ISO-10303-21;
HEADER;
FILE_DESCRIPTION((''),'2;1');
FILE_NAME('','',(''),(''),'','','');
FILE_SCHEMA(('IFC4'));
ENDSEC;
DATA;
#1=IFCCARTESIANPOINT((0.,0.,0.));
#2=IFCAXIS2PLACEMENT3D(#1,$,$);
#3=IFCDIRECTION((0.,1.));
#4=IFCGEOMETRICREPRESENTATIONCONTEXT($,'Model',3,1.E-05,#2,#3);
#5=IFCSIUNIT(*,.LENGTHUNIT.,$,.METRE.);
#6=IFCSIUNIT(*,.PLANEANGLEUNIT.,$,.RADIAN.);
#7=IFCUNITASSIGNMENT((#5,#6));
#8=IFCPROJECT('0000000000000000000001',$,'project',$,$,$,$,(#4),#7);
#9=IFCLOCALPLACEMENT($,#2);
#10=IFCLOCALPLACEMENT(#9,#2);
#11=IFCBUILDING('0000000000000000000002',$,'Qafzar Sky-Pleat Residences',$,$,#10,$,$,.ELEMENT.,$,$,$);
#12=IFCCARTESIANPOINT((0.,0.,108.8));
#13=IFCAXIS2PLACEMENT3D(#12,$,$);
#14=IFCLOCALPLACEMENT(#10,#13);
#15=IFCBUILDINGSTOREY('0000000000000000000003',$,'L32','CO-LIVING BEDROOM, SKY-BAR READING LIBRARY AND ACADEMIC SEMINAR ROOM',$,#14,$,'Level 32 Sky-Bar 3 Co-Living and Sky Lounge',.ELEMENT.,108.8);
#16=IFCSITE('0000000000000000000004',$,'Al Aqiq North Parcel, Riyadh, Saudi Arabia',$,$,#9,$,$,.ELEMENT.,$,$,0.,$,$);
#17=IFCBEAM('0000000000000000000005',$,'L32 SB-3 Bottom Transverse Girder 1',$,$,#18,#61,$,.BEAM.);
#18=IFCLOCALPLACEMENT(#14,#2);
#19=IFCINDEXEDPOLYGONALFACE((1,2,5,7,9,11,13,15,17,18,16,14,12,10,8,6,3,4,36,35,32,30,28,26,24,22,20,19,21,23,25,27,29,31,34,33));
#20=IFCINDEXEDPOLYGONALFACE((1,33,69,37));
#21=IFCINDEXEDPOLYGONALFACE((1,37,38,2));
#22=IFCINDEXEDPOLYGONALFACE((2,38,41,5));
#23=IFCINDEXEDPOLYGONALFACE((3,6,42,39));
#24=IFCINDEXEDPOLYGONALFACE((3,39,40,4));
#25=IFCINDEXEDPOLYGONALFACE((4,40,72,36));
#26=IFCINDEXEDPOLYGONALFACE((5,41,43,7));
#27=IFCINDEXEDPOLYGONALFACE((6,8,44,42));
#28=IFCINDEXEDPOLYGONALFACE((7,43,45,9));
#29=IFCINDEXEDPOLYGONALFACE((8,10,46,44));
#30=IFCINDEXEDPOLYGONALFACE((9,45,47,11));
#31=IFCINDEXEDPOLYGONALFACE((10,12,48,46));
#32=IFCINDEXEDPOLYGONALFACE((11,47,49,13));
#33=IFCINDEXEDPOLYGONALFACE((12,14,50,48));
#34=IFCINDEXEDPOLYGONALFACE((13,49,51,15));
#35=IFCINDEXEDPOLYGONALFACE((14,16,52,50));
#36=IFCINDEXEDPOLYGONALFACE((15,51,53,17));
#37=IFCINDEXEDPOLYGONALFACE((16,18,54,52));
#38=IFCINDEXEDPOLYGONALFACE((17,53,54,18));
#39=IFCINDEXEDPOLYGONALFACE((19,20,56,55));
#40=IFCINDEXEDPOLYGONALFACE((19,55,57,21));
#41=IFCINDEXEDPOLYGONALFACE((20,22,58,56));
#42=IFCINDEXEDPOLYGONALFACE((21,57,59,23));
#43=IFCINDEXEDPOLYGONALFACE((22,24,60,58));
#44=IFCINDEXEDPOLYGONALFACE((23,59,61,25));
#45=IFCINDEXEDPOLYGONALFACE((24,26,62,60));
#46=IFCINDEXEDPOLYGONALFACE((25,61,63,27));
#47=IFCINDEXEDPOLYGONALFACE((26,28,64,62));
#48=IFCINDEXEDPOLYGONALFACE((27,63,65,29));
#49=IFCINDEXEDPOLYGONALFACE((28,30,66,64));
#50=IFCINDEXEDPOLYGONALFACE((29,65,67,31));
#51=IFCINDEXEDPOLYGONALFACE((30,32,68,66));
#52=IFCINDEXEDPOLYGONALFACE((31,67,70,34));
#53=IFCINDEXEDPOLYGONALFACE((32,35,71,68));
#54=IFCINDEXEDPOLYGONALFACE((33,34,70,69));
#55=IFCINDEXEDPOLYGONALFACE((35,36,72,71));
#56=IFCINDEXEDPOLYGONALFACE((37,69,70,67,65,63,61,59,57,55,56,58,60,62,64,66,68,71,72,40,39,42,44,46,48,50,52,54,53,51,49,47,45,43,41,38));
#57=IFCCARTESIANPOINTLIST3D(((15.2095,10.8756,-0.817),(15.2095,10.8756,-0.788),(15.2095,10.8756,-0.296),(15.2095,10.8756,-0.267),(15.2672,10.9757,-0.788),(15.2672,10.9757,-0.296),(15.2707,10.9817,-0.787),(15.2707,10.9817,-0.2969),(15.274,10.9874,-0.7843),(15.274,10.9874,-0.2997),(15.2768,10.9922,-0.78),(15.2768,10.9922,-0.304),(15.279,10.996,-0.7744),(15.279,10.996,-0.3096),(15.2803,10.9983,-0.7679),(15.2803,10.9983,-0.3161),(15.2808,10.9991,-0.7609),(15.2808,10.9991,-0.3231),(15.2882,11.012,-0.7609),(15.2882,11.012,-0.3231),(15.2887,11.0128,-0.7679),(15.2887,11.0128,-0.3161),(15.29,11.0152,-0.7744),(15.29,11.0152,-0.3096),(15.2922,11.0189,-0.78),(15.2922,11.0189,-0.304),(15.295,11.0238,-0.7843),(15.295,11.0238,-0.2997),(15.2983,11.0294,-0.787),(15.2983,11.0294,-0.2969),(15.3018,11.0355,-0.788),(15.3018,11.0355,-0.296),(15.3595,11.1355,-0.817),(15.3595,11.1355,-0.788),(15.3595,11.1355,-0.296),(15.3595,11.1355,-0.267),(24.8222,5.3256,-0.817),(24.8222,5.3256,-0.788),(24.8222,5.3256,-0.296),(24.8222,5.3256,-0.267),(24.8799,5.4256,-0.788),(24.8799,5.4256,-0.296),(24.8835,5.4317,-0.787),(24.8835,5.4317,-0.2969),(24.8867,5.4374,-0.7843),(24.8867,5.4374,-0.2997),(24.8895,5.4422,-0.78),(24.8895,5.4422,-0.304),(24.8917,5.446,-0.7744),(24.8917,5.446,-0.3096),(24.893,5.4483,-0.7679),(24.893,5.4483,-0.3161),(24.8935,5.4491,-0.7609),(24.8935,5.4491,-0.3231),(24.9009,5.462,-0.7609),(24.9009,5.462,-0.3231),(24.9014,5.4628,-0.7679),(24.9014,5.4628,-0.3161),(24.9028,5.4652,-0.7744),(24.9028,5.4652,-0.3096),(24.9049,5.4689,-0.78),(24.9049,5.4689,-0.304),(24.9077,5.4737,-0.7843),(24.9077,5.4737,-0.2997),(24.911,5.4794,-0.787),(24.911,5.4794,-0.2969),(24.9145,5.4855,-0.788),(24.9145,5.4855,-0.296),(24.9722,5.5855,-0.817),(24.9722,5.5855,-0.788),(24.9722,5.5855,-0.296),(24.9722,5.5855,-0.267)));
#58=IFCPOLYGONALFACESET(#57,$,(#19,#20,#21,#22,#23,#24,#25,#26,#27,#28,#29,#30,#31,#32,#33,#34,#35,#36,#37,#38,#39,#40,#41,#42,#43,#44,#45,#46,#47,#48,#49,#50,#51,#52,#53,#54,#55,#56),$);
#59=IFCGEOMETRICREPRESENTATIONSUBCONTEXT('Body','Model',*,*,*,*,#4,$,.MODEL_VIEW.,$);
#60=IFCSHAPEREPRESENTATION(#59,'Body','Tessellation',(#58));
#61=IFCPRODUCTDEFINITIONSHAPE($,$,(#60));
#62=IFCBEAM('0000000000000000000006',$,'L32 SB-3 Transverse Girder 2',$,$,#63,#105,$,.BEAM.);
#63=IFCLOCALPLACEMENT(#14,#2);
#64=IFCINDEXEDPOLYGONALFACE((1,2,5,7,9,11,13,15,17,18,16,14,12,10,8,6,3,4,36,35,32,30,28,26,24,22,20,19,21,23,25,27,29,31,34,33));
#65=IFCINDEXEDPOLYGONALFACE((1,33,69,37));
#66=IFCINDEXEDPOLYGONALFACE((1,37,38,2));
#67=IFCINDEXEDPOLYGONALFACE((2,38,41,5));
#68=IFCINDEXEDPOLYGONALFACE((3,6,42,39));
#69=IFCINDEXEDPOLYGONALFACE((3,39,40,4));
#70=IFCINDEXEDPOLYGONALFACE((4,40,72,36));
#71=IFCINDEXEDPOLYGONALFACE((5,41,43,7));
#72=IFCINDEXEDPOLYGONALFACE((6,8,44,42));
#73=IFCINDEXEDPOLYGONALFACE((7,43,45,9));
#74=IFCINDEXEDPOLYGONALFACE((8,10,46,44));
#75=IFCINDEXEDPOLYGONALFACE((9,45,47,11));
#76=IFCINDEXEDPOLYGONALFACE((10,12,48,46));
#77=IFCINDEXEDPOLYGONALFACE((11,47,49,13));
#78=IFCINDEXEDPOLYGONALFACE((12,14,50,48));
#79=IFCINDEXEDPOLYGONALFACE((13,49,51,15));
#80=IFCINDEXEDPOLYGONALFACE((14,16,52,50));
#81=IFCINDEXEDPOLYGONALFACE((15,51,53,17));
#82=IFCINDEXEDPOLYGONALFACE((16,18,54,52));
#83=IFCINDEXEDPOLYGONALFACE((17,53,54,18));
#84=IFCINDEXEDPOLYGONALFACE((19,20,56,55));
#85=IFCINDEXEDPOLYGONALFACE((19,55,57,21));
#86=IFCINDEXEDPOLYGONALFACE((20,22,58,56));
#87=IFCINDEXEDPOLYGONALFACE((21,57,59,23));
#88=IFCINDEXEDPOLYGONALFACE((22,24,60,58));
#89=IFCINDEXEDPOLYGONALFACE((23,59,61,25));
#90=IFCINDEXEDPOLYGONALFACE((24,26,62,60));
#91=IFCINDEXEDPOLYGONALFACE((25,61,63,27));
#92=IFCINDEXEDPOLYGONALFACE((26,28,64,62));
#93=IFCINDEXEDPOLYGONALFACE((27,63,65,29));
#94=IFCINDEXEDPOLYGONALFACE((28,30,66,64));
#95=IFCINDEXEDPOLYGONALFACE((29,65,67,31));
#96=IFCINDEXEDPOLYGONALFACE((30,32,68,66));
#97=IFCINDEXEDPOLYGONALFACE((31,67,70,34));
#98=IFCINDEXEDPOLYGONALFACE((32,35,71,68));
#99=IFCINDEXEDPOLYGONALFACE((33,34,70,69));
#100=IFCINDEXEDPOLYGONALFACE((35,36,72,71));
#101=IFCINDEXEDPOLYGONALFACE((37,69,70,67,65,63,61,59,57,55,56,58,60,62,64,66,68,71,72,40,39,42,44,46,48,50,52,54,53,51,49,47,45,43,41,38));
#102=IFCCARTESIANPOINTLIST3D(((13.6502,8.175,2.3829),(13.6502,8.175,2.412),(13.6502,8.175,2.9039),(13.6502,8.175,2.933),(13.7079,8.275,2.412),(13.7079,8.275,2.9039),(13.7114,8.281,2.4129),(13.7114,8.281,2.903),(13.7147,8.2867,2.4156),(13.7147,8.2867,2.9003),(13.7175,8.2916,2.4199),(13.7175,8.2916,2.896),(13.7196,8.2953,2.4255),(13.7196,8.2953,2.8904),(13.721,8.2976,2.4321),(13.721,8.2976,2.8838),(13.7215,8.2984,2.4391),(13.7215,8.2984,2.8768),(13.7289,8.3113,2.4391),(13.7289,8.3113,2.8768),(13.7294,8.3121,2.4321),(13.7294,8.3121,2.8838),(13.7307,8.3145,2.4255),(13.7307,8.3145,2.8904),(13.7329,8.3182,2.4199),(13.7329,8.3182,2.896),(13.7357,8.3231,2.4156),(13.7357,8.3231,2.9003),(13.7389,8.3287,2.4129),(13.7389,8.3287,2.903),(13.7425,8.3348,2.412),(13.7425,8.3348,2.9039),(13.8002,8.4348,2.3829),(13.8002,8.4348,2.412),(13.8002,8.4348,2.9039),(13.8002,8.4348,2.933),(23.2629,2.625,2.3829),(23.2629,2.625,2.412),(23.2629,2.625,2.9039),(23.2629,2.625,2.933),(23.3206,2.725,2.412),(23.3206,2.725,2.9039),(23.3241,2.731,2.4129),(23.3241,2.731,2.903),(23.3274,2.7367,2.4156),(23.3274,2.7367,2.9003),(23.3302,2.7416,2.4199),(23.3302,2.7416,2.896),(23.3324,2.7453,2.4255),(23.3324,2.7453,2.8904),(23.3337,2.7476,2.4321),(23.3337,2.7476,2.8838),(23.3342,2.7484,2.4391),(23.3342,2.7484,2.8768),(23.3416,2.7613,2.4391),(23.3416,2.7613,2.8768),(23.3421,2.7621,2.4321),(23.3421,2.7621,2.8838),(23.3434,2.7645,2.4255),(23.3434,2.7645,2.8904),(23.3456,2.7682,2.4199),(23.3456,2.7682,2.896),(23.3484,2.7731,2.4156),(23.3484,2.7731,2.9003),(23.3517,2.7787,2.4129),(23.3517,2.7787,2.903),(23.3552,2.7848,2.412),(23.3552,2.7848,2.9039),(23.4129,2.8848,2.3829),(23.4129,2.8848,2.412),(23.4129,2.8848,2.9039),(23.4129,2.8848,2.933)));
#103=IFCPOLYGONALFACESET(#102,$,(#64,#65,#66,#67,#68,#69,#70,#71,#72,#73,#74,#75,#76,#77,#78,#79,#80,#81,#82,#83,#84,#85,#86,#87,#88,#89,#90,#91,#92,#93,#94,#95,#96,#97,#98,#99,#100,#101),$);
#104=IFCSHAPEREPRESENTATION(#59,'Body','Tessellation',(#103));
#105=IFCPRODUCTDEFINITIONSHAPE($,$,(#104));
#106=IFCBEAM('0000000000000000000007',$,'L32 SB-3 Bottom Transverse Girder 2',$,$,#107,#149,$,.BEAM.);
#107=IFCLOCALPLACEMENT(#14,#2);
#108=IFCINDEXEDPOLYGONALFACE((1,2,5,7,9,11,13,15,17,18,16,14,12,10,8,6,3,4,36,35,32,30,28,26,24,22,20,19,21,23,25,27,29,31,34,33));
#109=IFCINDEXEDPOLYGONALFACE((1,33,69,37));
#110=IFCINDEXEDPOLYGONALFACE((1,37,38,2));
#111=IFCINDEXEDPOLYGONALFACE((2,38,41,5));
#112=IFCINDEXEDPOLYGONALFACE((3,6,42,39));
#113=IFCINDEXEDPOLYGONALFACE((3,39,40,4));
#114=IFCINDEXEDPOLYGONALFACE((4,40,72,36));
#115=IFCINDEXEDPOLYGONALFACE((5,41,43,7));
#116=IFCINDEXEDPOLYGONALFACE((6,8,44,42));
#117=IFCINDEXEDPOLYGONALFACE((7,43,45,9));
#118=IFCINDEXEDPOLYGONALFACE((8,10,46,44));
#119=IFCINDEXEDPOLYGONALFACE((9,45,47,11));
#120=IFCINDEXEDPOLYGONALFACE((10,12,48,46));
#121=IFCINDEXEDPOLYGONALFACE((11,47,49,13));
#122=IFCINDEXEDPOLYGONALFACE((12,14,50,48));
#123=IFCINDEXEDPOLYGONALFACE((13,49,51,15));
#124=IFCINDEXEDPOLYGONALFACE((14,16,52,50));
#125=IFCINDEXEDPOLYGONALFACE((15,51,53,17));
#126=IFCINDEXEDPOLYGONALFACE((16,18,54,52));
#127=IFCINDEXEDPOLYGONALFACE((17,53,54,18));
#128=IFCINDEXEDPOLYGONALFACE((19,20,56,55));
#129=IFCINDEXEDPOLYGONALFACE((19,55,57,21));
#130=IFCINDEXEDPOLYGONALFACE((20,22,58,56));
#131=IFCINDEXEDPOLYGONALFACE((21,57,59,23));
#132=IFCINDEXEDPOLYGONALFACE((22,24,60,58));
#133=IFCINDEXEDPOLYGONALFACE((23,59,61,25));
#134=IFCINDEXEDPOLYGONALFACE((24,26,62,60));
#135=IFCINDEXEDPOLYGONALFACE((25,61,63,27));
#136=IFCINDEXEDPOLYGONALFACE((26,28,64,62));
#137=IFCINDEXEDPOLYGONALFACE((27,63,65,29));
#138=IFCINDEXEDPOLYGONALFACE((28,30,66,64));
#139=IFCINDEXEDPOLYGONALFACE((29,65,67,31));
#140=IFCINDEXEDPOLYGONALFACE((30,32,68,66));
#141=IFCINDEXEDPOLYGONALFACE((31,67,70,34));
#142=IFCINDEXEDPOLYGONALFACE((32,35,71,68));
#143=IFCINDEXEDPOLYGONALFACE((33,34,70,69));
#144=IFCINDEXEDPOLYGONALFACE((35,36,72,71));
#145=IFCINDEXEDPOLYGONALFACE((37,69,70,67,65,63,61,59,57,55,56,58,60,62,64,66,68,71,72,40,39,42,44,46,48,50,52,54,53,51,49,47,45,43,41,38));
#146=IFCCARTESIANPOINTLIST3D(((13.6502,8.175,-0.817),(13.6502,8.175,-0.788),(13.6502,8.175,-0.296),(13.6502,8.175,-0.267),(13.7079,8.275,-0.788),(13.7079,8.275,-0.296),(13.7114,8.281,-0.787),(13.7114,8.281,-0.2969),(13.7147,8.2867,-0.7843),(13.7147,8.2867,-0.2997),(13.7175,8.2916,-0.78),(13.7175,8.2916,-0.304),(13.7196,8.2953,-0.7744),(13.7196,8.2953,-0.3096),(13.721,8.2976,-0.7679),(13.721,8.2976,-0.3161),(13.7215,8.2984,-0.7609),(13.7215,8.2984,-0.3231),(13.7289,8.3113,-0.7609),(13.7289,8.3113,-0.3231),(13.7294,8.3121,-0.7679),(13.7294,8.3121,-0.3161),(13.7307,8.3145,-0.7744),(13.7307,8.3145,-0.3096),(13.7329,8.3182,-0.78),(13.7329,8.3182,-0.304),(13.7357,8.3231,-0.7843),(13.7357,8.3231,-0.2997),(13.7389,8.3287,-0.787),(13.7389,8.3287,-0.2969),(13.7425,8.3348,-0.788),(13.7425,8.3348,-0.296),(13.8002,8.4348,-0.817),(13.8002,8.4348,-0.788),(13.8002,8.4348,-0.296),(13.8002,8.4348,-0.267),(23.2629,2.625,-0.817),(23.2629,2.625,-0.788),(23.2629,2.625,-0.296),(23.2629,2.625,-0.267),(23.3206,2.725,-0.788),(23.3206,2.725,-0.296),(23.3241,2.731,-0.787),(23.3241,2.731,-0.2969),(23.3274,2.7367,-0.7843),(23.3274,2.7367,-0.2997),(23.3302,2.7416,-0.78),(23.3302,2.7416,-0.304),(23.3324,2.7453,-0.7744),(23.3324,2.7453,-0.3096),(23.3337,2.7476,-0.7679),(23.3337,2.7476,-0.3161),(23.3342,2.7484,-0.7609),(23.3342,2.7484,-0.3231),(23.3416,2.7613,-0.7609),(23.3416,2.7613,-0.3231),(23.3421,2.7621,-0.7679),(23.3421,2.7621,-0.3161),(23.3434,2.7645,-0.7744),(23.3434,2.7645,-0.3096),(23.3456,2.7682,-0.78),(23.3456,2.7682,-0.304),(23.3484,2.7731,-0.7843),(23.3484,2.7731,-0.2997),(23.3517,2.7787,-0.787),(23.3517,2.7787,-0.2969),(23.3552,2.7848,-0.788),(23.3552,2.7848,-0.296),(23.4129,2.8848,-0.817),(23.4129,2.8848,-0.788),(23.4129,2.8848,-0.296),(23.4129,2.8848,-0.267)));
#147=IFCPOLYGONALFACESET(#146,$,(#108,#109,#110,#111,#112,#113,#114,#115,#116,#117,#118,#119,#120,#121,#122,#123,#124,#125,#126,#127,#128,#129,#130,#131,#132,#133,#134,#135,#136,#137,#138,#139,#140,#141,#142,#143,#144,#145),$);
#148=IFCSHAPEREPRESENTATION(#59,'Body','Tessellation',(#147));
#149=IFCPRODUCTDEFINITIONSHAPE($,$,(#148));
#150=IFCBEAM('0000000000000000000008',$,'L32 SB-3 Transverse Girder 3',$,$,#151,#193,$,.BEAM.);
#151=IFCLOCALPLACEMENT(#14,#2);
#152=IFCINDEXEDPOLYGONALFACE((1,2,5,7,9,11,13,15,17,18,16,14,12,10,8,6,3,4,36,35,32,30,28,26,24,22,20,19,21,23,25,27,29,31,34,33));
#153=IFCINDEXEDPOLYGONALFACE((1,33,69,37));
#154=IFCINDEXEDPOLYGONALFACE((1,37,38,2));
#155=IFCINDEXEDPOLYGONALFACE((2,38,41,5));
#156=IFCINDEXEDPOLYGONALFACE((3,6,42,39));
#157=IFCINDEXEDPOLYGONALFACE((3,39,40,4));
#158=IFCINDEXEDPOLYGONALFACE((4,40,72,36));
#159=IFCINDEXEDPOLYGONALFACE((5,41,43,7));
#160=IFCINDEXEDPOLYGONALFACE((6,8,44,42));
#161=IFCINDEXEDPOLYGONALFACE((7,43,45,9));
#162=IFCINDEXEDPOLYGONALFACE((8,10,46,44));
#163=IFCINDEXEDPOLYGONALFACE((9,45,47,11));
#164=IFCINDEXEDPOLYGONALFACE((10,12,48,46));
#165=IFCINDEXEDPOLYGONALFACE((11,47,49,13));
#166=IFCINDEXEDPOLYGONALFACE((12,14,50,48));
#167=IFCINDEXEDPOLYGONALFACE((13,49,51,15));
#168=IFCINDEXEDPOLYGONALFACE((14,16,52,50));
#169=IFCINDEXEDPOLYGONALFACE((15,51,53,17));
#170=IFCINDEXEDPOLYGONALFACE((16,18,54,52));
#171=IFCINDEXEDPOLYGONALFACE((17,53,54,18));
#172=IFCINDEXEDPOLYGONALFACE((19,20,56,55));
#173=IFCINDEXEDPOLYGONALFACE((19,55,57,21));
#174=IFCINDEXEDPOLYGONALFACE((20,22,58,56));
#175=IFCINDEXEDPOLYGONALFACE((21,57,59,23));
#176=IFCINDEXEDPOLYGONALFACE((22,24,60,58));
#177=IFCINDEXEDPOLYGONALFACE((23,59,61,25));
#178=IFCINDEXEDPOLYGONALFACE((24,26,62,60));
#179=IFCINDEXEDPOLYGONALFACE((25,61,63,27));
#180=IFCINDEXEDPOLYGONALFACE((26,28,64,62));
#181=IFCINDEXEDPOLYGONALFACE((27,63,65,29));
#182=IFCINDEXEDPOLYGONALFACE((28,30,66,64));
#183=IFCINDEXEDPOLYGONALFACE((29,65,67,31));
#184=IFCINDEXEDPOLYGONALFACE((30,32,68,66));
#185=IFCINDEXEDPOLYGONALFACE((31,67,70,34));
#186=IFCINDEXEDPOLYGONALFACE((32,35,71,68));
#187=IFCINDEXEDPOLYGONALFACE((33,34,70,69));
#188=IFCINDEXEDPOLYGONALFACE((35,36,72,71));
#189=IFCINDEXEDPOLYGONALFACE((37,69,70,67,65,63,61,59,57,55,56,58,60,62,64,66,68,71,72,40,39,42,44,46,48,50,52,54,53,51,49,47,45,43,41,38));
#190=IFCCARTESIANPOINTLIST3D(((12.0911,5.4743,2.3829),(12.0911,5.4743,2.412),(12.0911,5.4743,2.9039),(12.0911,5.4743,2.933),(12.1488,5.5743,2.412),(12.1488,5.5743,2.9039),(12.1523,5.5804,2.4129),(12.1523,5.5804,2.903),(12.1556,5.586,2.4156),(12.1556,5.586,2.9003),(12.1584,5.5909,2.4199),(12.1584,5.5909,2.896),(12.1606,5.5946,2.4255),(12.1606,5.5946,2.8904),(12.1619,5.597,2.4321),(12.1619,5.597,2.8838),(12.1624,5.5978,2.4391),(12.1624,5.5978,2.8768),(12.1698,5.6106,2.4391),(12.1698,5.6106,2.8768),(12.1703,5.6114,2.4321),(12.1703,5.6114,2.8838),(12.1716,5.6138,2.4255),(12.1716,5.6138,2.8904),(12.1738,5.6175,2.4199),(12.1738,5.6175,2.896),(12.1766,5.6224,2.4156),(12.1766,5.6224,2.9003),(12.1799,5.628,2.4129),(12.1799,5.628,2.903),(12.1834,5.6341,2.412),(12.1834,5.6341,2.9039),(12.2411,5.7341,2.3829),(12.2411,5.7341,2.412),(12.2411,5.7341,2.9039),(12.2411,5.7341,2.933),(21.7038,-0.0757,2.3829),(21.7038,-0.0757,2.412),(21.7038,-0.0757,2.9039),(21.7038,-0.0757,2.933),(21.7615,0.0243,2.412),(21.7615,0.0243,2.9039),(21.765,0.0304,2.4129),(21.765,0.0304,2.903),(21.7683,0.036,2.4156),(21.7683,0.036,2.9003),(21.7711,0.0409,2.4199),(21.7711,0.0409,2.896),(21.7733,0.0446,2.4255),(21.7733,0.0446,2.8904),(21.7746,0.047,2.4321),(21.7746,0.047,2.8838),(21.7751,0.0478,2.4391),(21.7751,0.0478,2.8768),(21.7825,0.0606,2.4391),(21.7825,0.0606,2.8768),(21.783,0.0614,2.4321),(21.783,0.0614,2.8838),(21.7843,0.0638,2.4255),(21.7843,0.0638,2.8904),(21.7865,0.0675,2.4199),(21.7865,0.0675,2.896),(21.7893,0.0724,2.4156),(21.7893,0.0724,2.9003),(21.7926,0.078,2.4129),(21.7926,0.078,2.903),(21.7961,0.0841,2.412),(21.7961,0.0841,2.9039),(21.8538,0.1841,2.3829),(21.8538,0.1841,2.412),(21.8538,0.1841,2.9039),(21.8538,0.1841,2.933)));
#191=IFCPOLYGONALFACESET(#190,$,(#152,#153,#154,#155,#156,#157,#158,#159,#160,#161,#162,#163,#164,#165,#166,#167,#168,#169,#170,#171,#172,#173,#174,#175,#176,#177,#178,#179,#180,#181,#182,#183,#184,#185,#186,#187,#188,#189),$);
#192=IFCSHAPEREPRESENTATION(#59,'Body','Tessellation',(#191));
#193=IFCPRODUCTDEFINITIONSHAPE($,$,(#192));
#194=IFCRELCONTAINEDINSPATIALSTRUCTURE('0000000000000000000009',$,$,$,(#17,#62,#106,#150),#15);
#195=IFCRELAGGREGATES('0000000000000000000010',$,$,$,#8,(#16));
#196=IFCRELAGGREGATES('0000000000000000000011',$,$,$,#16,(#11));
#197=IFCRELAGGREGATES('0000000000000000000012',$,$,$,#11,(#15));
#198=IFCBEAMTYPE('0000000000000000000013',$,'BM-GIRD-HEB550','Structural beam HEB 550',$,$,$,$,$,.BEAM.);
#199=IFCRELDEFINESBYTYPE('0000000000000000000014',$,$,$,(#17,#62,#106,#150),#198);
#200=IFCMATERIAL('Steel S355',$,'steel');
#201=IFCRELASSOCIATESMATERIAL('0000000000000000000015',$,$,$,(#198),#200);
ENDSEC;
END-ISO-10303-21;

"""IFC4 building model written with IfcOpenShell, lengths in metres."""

from ifc_helpers import new_model, si_unit, direction, frame, origin, origin_2d, place, context, subcontext, project, spatial, i_section, extrude, source, transform, mapped, material, material_profile, profile_set, type_object, element, save


model = new_model("IFC4")

# Units and contexts
model_context = context("Model", 3, precision=1e-05, world=origin(), true_north=direction((0.0, 1.0)))
body_context = subcontext(model_context, "Body", "Model", "MODEL_VIEW")
ifc_project = project(units=[si_unit("LENGTHUNIT", "METRE"), si_unit("PLANEANGLEUNIT", "RADIAN")], contexts=[model_context])

# Site, building, storey
site_placement = place(None, origin())
site = spatial("IfcSite", under=ifc_project, at=site_placement, Name="Al Aqiq North Parcel, Riyadh, Saudi Arabia", CompositionType="ELEMENT", RefElevation=0.0)
building_placement = place(site_placement, origin())
building = spatial("IfcBuilding", under=site, at=building_placement, Name="Qafzar Sky-Pleat Residences", CompositionType="ELEMENT")
storey_placement = place(building_placement, frame((0.0, 0.0, 108.8)))
storey = spatial("IfcBuildingStorey", under=building, at=storey_placement, Name="L32", Description="CO-LIVING BEDROOM, SKY-BAR READING LIBRARY AND ACADEMIC SEMINAR ROOM", LongName="Level 32 Sky-Bar 3 Co-Living and Sky Lounge", CompositionType="ELEMENT", Elevation=108.8)

# Shared definitions
ifc_material_1 = material(Name="Steel S355", Category="steel")

# Beams
ifc_material_profile_1 = material_profile(ifc_material_1, i_section(OverallWidth=0.3, OverallDepth=0.55, WebThickness=0.0149, FlangeThickness=0.0291, FilletRadius=0.0271, at=origin_2d()), Name="HEB 550")
ifc_profile_set_1 = profile_set([ifc_material_profile_1], Name="Steel S355")
beam_type_1 = type_object("IfcBeamType", Name="BM-GIRD-HEB550", Description="Structural beam HEB 550", PredefinedType="BEAM", material=ifc_profile_set_1)
shared_shape_1 = source(origin(), body_context, "Body", "SweptSolid", [
    extrude(i_section(OverallWidth=0.3, OverallDepth=0.55, WebThickness=0.0149, FlangeThickness=0.0291, FilletRadius=0.0271, at=origin_2d()), origin(), (0.0, 0.0, 1.0), 11.0999),
])
for number, where, z_axis, x_axis, name in (
    (1, (24.8972, 5.4556, -0.542), (-0.866021, 0.500007, 0.0), (-0.500007, -0.866021, 0.0), "L32 SB-3 Bottom Transverse Girder 1"),
    (2, (23.3379, 2.7549, 2.658), (-0.866021, 0.500007, 0.0), (-0.500007, -0.866021, 0.0), "L32 SB-3 Transverse Girder 2"),
    (3, (23.3379, 2.7549, -0.542), (-0.866021, 0.500007, 0.0), (-0.500007, -0.866021, 0.0), "L32 SB-3 Bottom Transverse Girder 2"),
    (4, (21.7788, 0.0542, 2.658), (-0.866021, 0.500007, 0.0), (-0.500007, -0.866021, 0.0), "L32 SB-3 Transverse Girder 3"),
):
    element("IfcBeam", number, at=place(storey_placement, frame(where, z_axis=z_axis, x_axis=x_axis)), inside=storey, type_object=beam_type_1, Name=name, PredefinedType="BEAM", context=body_context, shape_type="MappedRepresentation", body=[
        mapped(shared_shape_1, transform((0.0, 0.0, 0.0), x_axis=(1.0, 0.0, 0.0), y_axis=(0.0, 1.0, 0.0), z_axis=(0.0, 0.0, 1.0), scale=1.0)),
    ])

save(model, "model.ifc")
